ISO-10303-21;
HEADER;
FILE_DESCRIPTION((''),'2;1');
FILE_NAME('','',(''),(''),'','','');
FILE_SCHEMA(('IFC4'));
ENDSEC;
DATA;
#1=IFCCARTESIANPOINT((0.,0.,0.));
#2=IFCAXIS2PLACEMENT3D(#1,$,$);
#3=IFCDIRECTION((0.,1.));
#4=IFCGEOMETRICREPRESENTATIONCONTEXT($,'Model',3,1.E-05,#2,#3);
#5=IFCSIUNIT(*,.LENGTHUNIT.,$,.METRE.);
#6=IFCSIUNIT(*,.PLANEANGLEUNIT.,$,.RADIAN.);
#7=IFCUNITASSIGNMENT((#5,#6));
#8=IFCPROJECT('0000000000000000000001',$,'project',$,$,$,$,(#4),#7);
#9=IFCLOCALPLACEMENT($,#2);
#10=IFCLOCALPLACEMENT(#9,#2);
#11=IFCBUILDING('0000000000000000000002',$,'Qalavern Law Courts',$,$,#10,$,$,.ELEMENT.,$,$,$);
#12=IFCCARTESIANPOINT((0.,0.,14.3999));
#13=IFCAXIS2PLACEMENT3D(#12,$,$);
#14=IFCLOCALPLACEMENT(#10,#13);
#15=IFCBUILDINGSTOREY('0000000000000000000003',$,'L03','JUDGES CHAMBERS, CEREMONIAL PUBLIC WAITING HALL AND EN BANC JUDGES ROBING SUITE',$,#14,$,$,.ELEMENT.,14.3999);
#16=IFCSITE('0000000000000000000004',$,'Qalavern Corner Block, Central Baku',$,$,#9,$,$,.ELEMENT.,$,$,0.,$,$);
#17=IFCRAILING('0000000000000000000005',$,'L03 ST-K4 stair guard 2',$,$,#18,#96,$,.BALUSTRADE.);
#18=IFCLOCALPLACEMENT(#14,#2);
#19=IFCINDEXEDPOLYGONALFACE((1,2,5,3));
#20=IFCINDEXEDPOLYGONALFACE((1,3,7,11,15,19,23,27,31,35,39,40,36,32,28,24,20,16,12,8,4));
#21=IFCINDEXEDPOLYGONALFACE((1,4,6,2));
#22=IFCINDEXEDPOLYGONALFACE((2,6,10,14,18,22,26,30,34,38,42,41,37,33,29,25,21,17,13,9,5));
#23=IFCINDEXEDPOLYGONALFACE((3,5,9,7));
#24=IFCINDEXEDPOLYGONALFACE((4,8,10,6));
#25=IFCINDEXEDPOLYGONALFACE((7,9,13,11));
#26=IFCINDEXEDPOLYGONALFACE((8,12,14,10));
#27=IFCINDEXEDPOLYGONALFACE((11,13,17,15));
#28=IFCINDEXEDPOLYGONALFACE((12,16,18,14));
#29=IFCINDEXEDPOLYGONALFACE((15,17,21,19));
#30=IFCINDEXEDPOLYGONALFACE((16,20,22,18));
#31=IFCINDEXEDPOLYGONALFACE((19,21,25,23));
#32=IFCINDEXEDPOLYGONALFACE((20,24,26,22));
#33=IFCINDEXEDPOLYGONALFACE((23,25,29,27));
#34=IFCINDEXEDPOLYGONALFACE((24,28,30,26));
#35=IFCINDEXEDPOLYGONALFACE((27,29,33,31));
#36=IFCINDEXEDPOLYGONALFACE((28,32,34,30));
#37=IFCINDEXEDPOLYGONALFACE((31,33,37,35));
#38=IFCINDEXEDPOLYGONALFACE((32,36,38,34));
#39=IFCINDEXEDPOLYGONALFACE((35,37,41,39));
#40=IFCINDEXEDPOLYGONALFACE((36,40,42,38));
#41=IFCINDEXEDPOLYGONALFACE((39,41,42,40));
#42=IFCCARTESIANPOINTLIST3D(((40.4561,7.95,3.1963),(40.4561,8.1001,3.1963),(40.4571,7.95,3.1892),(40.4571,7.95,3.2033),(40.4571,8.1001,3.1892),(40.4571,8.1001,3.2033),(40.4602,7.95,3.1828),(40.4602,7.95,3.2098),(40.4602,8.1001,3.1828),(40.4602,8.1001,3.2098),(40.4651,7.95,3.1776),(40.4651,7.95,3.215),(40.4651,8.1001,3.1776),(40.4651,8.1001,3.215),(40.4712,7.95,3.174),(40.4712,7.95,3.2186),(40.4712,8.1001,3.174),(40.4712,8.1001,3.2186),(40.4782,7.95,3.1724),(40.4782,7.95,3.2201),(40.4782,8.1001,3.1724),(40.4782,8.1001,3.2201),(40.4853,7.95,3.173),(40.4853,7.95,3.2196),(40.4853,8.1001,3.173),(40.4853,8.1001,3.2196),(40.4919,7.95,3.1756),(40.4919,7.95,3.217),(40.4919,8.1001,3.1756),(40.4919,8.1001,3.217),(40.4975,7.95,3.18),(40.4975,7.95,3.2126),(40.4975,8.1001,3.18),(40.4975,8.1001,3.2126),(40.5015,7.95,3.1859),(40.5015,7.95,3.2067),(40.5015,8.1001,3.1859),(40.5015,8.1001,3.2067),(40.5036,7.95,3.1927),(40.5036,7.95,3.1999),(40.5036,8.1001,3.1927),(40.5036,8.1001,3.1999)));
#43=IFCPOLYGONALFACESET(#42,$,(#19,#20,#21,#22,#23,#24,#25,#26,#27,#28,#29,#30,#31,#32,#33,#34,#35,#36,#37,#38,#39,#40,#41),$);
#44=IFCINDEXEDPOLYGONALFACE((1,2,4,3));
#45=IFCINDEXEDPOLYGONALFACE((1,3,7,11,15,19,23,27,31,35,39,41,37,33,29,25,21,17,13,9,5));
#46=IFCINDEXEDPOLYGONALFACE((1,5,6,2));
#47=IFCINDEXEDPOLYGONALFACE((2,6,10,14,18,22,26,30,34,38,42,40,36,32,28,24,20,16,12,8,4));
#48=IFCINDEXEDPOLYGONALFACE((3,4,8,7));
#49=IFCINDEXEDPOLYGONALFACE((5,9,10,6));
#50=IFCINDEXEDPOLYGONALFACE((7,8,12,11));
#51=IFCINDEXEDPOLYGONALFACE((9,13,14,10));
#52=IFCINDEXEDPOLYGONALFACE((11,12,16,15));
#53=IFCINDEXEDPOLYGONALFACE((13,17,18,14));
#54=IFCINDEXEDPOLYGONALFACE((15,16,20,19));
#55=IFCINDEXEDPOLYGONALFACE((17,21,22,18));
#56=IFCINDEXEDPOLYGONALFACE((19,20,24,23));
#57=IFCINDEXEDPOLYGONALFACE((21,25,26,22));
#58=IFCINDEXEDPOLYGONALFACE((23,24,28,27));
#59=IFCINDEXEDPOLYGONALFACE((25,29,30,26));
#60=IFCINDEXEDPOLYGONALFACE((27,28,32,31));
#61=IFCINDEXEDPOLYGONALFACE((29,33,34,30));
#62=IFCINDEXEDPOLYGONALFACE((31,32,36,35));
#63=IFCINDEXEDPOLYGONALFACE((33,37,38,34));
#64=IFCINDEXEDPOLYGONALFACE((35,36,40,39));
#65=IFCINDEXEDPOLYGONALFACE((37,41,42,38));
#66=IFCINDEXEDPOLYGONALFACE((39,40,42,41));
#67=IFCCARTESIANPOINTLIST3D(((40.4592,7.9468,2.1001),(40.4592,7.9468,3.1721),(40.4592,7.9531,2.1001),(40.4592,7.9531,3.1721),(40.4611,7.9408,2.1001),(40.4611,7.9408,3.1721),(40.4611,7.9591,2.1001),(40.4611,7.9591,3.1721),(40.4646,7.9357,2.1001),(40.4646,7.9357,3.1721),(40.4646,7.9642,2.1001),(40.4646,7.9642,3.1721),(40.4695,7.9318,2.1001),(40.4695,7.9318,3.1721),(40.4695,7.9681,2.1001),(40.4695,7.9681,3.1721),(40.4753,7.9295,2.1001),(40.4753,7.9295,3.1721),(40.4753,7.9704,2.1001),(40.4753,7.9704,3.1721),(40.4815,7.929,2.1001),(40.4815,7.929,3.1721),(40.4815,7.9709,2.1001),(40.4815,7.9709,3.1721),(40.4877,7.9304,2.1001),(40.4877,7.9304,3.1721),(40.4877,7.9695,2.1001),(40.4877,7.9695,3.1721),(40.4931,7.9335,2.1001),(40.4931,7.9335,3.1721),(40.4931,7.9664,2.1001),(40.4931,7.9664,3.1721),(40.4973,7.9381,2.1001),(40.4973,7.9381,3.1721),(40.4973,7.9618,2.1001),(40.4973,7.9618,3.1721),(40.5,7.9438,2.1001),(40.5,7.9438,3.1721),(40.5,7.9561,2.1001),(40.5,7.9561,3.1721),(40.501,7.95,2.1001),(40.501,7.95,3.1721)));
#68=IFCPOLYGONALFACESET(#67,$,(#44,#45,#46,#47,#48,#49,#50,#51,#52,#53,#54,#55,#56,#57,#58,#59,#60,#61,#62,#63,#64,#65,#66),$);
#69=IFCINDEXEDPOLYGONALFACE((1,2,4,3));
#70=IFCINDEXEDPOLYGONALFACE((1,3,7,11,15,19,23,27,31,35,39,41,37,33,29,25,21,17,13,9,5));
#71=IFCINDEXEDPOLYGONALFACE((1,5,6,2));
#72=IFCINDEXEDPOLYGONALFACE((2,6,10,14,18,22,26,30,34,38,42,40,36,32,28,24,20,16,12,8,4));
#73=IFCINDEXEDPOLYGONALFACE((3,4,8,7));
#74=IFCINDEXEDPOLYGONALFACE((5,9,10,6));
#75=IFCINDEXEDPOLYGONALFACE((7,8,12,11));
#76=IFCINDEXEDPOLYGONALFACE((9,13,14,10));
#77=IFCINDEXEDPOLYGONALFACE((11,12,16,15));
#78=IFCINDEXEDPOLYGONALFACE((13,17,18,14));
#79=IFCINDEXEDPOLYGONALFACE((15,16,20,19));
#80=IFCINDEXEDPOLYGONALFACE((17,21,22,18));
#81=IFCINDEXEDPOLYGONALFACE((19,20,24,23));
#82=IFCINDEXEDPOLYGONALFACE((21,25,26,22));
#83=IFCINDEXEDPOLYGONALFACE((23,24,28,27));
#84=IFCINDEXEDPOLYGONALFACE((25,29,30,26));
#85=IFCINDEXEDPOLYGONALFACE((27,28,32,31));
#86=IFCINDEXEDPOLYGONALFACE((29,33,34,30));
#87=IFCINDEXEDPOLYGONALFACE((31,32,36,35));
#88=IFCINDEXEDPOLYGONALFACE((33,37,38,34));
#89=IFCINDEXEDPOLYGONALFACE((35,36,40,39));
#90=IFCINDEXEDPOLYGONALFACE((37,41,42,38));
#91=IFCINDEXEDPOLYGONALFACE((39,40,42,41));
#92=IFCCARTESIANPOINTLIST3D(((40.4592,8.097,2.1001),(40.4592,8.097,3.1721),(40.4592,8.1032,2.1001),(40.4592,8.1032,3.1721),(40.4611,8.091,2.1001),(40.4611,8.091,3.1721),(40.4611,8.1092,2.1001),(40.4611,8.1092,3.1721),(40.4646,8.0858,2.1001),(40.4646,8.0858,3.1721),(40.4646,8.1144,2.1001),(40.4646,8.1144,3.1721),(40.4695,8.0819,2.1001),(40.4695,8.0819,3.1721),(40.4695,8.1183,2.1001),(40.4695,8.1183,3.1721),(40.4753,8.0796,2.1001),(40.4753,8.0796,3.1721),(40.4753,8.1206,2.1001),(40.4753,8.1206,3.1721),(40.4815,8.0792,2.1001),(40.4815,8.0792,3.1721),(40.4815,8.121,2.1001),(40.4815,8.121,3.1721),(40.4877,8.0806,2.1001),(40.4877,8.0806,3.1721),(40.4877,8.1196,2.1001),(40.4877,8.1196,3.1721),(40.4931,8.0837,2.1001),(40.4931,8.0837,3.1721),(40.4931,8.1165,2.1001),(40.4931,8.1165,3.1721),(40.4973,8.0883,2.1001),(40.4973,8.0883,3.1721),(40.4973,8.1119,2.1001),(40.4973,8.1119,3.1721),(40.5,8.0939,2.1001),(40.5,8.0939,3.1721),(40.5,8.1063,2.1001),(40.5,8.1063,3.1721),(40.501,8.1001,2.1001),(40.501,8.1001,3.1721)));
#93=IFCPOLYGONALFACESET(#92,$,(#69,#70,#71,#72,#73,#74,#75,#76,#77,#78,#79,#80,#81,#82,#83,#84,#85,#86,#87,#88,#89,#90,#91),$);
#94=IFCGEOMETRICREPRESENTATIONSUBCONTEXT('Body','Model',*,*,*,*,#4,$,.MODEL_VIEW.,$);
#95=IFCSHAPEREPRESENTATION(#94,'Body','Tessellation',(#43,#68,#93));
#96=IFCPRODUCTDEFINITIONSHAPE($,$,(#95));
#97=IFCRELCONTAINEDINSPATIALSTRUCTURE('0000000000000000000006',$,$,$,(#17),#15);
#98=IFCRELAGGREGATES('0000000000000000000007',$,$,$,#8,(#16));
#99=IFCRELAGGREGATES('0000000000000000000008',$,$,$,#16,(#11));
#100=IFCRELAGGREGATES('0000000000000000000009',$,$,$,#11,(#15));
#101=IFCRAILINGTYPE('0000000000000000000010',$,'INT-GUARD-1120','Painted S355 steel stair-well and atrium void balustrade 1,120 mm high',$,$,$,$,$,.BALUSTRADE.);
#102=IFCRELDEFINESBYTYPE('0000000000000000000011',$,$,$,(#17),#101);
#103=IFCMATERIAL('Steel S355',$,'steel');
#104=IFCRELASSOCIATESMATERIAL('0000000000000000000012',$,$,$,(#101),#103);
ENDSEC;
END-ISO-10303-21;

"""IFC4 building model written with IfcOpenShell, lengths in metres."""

from ifc_helpers import new_model, si_unit, direction, frame, origin, origin_2d, place, context, subcontext, project, spatial, circle, extrude, material, type_object, element, save


model = new_model("IFC4")

# Units and contexts
model_context = context("Model", 3, precision=1e-05, world=origin(), true_north=direction((0.0, 1.0)))
body_context = subcontext(model_context, "Body", "Model", "MODEL_VIEW")
ifc_project = project(units=[si_unit("LENGTHUNIT", "METRE"), si_unit("PLANEANGLEUNIT", "RADIAN")], contexts=[model_context])

# Site, building, storey
site_placement = place(None, origin())
site = spatial("IfcSite", under=ifc_project, at=site_placement, Name="Qalavern Corner Block, Central Baku", CompositionType="ELEMENT", RefElevation=0.0)
building_placement = place(site_placement, origin())
building = spatial("IfcBuilding", under=site, at=building_placement, Name="Qalavern Law Courts", CompositionType="ELEMENT")
storey_placement = place(building_placement, frame((0.0, 0.0, 14.3999)))
storey = spatial("IfcBuildingStorey", under=building, at=storey_placement, Name="L03", Description="JUDGES CHAMBERS, CEREMONIAL PUBLIC WAITING HALL AND EN BANC JUDGES ROBING SUITE", CompositionType="ELEMENT", Elevation=14.3999)

# Shared definitions
ifc_material_1 = material(Name="Steel S355", Category="steel")

# Railing
railing_type_1 = type_object("IfcRailingType", Name="INT-GUARD-1120", Description="Painted S355 steel stair-well and atrium void balustrade 1,120 mm high", PredefinedType="BALUSTRADE", material=ifc_material_1)
railing_1_placement = place(storey_placement, frame((40.48, 7.95, 2.1001)))
element("IfcRailing", 1, at=railing_1_placement, inside=storey, type_object=railing_type_1, Name="L03 ST-K4 stair guard 2", PredefinedType="BALUSTRADE", context=body_context, shape_type="SweptSolid", body=[
    extrude(circle(Radius=0.0239, at=origin_2d()), frame((0.0, 0.0, 1.0962), z_axis=(0.0, 1.0, 0.0), x_axis=(-1.0, 0.0, 0.0)), (0.0, 0.0, 1.0), 0.1501),
    extrude(circle(Radius=0.021, at=origin_2d()), origin(), (0.0, 0.0, 1.0), 1.072),
    extrude(circle(Radius=0.021, at=origin_2d()), frame((0.0, 0.1501, 0.0)), (0.0, 0.0, 1.0), 1.072),
])

save(model, "model.ifc")
